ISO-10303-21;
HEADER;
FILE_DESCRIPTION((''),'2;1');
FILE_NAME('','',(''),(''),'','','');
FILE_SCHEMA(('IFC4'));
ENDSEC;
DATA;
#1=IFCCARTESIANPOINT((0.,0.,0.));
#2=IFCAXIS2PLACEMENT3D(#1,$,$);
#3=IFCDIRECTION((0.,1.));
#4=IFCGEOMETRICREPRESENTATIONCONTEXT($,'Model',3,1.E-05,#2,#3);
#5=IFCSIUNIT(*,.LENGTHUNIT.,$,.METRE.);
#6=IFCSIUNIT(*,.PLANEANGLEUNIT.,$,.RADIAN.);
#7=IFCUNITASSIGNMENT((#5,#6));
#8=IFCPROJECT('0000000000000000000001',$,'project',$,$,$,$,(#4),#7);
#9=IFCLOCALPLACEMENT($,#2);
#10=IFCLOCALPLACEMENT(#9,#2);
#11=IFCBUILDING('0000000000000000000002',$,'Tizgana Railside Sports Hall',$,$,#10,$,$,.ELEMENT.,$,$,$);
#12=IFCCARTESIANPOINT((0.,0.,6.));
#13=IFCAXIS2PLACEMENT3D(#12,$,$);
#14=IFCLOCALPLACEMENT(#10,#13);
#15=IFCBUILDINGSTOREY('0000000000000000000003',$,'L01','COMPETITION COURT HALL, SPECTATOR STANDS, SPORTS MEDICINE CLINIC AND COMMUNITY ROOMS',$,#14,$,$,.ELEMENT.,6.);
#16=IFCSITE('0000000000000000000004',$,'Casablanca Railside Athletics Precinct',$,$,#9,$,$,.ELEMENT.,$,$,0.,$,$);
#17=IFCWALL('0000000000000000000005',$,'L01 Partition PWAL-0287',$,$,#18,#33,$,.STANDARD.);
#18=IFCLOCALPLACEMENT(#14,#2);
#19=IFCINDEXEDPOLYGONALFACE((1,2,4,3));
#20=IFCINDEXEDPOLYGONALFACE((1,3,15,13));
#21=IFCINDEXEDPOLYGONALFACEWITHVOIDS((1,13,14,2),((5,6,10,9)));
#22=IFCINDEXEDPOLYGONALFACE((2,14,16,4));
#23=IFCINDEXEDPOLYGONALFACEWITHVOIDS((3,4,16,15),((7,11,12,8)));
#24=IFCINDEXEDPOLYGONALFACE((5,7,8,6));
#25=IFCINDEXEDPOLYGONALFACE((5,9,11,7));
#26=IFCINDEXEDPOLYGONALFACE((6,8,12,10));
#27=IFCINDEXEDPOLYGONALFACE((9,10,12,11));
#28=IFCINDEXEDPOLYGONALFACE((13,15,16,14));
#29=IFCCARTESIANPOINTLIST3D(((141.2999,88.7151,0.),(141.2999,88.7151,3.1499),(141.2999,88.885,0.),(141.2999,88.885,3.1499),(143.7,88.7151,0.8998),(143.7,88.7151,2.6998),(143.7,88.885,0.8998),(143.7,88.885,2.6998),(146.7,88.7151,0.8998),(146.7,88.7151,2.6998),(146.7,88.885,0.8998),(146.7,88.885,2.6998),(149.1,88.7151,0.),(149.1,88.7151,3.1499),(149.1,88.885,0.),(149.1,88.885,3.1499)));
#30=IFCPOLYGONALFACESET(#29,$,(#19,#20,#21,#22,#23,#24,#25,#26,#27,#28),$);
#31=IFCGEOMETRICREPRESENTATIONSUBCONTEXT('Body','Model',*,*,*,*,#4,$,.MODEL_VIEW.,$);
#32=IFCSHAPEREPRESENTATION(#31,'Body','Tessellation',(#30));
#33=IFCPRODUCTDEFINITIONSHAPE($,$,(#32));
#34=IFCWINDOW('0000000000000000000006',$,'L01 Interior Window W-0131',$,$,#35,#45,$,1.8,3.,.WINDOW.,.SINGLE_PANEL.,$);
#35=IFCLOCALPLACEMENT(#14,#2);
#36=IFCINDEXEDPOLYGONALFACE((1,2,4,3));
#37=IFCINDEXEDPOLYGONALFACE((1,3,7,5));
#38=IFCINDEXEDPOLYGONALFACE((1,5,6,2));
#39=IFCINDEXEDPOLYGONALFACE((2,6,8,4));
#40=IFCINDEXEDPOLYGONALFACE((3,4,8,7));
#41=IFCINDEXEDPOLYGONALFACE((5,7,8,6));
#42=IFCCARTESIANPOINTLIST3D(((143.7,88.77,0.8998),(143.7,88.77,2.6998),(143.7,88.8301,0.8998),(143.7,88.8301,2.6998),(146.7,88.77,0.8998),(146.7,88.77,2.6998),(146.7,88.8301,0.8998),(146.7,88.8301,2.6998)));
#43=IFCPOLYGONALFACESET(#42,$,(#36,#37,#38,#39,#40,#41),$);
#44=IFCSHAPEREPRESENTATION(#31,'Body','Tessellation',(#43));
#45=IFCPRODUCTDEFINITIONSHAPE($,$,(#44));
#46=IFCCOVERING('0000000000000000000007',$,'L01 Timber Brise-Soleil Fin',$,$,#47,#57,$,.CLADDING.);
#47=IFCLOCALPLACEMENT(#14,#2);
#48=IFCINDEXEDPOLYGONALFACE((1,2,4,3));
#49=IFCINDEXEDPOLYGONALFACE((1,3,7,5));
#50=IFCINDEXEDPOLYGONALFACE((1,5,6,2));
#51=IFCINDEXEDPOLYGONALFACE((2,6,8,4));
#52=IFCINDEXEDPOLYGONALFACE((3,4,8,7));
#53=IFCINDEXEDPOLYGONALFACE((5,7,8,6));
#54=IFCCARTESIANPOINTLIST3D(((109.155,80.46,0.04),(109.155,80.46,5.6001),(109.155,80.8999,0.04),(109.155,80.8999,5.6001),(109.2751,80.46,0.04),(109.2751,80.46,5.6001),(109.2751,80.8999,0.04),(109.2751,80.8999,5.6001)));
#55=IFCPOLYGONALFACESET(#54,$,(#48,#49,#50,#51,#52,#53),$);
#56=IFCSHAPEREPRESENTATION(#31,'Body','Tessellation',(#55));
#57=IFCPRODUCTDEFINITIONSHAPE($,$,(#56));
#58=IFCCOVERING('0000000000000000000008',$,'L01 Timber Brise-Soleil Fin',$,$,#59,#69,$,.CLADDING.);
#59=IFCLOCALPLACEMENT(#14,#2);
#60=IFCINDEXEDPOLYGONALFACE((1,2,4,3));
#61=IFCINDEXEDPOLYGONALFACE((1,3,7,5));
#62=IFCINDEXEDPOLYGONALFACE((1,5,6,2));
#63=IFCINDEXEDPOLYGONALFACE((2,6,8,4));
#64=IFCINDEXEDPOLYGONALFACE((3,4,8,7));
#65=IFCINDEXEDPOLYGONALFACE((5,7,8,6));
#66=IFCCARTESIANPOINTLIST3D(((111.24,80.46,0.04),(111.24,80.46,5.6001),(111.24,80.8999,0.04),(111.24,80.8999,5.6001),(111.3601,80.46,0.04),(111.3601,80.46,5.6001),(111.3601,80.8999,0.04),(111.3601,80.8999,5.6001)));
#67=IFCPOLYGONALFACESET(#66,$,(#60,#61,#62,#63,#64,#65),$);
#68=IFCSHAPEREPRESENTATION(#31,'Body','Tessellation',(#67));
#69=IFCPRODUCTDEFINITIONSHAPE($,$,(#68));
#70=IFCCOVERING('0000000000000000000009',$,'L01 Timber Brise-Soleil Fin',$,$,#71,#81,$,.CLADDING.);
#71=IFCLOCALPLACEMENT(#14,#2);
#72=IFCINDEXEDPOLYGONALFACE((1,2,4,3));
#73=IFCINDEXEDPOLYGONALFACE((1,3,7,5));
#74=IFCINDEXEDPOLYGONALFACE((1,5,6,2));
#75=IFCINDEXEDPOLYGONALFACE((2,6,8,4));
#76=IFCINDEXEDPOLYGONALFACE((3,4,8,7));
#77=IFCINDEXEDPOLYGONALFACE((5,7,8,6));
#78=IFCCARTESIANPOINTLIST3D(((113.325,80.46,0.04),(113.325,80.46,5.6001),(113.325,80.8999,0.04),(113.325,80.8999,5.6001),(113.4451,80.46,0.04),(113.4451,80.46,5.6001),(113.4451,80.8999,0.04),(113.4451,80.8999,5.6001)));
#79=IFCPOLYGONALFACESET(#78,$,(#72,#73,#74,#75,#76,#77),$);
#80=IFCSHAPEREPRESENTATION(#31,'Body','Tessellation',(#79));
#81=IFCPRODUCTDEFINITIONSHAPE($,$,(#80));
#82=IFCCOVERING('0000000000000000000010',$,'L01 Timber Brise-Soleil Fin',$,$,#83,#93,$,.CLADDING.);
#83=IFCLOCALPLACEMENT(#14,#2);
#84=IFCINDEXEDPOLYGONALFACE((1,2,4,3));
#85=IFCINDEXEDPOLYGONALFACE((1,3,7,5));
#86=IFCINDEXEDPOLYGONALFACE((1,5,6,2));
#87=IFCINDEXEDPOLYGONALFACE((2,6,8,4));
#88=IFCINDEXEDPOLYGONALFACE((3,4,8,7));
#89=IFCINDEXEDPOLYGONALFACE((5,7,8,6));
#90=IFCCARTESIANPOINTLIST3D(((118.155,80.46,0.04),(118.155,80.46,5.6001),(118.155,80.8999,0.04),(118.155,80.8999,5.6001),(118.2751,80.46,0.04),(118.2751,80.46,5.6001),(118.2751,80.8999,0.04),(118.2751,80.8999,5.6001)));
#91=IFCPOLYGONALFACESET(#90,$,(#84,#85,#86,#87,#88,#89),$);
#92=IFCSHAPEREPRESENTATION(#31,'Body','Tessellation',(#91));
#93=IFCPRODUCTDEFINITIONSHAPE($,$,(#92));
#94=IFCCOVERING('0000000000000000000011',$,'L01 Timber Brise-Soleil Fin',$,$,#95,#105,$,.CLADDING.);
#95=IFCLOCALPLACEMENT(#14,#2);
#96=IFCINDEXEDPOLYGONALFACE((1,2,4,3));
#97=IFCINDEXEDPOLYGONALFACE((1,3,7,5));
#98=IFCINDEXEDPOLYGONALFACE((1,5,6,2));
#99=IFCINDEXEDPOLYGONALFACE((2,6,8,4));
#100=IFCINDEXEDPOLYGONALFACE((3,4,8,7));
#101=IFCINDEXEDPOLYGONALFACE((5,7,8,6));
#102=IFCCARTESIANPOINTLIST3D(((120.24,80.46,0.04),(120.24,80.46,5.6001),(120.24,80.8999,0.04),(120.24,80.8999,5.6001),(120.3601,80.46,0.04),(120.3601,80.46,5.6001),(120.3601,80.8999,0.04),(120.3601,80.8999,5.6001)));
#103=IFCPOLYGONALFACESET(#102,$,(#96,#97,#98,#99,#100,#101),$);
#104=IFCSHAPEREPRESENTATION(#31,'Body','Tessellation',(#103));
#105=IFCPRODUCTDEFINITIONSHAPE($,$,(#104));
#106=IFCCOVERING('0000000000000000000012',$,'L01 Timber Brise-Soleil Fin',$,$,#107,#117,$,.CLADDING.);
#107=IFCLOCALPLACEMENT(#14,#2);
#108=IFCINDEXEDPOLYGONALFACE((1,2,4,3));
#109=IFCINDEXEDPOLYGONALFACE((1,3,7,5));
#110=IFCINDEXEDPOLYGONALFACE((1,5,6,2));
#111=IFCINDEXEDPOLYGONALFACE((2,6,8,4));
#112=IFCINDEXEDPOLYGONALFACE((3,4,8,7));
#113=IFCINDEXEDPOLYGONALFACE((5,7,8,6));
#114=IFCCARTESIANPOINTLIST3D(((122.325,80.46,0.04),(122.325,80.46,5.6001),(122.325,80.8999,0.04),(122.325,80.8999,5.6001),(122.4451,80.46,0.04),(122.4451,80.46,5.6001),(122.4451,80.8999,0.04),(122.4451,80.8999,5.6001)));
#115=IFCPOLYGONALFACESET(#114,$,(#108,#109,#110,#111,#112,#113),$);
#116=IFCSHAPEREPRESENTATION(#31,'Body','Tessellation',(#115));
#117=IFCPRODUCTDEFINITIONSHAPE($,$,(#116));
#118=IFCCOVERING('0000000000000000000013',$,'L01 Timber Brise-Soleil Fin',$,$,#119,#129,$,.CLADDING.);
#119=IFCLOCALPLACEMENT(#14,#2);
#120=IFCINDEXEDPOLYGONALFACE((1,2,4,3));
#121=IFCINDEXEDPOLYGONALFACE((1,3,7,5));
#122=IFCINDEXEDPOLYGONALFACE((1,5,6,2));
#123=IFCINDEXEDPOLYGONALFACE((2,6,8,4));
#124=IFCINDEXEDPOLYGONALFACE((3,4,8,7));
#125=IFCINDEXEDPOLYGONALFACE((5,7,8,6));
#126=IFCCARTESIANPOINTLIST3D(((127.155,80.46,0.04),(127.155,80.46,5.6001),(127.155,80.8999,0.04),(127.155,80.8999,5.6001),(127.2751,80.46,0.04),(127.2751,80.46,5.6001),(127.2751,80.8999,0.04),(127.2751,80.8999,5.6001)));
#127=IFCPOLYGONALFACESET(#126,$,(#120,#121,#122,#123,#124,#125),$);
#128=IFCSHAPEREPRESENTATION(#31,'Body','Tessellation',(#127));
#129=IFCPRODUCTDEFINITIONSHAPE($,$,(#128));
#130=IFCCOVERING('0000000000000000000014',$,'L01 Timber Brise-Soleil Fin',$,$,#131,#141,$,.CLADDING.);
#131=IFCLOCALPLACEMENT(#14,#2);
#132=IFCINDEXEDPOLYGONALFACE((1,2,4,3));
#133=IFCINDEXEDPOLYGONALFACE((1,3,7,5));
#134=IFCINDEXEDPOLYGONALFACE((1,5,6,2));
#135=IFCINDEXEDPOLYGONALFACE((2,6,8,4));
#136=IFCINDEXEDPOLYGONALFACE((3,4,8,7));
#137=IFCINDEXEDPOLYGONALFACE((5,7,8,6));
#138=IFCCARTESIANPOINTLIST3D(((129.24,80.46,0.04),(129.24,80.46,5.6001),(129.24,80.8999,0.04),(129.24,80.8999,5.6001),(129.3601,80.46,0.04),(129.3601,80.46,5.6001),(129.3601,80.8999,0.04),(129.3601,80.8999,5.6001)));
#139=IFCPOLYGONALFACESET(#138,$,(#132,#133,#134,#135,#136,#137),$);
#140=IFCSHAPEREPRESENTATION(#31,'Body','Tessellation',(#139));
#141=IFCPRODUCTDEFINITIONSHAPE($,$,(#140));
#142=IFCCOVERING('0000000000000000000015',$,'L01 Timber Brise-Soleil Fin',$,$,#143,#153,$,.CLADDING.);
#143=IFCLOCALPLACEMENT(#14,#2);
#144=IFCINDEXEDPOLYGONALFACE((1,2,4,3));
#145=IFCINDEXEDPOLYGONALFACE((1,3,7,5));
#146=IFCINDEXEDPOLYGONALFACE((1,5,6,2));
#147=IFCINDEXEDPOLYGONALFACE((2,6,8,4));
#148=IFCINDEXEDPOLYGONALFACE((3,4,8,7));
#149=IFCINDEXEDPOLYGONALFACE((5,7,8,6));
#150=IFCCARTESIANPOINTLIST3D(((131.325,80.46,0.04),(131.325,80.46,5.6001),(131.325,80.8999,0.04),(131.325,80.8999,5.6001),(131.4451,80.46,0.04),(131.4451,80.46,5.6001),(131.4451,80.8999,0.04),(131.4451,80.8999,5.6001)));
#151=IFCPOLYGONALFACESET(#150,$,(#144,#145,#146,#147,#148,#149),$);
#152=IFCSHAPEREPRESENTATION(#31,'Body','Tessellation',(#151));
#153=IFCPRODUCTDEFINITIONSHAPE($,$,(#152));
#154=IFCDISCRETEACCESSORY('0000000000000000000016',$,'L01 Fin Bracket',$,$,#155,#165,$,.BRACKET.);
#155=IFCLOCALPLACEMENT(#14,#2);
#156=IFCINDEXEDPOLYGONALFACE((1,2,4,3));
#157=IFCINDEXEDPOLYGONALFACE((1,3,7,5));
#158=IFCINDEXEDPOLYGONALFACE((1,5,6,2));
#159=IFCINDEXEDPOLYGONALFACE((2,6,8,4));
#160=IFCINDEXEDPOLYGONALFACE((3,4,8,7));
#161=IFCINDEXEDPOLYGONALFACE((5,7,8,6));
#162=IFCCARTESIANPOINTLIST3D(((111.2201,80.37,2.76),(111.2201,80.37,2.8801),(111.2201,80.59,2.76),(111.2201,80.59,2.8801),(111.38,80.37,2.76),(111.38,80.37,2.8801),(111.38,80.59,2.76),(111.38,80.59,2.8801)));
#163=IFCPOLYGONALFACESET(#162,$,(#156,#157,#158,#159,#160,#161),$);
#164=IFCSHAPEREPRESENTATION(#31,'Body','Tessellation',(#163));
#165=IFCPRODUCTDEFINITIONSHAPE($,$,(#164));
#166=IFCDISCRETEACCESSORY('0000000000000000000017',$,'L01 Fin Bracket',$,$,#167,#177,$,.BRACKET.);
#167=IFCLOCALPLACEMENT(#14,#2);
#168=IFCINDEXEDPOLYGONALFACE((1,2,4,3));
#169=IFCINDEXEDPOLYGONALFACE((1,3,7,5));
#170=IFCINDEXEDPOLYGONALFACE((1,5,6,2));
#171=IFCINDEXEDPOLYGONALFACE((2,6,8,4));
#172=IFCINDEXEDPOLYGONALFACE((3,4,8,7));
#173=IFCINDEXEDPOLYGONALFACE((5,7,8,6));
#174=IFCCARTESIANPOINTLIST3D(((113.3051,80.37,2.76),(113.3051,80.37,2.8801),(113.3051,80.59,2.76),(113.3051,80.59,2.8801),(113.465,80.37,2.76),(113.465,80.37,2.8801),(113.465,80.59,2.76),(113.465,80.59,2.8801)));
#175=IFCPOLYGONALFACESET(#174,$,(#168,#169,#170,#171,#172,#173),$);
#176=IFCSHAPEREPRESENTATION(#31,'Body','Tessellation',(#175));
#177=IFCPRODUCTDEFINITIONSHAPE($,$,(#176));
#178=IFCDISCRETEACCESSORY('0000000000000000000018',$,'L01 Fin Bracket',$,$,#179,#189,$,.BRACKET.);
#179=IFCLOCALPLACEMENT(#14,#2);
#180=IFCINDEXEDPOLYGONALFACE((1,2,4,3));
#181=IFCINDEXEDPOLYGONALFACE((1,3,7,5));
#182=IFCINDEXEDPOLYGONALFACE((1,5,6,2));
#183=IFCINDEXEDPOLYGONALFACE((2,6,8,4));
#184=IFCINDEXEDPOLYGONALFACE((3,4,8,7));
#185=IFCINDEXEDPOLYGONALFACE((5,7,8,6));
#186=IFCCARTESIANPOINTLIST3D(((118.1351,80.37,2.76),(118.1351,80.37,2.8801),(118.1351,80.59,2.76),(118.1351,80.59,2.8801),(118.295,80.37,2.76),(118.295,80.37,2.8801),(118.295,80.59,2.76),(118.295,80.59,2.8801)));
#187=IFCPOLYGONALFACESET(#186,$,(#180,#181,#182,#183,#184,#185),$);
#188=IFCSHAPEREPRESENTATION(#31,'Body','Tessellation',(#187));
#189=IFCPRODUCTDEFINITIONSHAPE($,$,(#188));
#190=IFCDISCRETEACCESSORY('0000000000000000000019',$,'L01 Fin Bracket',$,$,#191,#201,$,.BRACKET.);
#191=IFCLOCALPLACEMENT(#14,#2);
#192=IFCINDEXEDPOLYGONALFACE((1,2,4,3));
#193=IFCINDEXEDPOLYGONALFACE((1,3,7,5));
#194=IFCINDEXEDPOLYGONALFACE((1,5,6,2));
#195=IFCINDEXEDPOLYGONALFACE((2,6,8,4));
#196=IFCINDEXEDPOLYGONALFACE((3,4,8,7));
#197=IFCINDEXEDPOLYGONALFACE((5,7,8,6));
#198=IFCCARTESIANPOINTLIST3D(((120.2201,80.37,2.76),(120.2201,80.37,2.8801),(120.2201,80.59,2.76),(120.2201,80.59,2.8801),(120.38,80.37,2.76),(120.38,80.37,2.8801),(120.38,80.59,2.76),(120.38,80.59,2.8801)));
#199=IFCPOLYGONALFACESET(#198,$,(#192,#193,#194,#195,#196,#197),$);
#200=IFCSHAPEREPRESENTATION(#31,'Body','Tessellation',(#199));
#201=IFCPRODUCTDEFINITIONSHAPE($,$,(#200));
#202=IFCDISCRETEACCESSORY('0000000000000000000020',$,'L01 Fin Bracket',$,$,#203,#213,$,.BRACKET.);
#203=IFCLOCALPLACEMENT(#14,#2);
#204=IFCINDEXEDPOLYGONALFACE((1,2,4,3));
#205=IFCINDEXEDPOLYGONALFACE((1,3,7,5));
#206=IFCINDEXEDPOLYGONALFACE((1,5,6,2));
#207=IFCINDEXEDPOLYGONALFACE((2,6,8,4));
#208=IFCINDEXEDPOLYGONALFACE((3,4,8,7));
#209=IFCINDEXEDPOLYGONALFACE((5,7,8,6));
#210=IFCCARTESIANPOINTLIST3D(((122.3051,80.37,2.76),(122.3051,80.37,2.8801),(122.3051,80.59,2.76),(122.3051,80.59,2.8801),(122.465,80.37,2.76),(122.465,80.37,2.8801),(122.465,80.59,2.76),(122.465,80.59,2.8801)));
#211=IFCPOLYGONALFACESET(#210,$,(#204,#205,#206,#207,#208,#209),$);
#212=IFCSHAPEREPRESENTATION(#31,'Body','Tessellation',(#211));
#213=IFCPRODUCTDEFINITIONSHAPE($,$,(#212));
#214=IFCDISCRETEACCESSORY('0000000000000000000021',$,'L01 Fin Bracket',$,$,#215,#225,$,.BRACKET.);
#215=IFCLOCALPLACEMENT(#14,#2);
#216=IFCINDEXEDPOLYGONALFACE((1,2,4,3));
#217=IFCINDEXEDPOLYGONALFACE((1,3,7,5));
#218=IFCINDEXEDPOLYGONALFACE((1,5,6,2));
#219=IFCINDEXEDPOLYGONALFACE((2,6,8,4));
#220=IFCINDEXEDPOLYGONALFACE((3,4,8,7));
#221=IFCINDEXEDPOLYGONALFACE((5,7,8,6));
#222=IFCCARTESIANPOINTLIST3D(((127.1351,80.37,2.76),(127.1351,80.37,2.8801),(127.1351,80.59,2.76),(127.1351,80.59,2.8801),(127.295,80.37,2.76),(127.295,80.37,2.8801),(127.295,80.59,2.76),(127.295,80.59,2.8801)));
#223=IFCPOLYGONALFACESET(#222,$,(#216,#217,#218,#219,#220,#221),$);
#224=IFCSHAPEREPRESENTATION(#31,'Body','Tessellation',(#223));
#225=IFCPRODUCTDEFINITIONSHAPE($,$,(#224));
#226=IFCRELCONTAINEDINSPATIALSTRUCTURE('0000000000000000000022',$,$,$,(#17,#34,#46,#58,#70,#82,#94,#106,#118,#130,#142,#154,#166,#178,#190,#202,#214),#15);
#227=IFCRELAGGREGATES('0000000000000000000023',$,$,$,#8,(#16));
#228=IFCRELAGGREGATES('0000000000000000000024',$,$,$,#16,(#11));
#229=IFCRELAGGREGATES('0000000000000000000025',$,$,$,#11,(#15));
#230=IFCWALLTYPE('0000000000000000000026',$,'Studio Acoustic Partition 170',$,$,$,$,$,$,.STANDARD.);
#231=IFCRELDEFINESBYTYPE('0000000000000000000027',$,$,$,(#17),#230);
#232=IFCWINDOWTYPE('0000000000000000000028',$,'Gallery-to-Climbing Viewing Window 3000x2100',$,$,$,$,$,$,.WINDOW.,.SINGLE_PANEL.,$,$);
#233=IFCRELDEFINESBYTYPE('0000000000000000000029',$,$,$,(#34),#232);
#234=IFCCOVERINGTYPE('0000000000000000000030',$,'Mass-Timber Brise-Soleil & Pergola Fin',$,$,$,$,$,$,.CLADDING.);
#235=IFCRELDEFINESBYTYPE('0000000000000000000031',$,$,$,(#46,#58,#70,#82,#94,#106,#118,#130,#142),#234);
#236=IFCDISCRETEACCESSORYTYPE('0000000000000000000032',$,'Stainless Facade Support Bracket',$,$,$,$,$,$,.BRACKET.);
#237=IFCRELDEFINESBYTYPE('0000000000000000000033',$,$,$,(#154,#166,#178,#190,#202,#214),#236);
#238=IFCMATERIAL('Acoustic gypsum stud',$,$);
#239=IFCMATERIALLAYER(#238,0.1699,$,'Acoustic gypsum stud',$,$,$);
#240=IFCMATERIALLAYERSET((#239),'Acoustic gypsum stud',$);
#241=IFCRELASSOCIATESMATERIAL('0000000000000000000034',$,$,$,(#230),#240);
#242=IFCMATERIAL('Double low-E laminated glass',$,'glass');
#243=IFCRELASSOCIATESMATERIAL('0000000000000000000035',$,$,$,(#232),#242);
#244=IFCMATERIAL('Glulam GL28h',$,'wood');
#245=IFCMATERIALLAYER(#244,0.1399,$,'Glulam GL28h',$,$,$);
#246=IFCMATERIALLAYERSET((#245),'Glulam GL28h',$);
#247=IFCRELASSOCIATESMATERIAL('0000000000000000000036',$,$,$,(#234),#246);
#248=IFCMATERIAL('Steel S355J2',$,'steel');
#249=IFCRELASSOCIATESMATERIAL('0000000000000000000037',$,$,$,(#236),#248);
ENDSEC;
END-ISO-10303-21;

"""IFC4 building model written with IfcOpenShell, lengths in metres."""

from ifc_helpers import new_model, si_unit, direction, frame, frame_2d, origin, origin_2d, place, context, subcontext, project, spatial, rectangle, extrude, material, layer, layer_set, type_object, element, fill, save


model = new_model("IFC4")

# Units and contexts
model_context = context("Model", 3, precision=1e-05, world=origin(), true_north=direction((0.0, 1.0)))
body_context = subcontext(model_context, "Body", "Model", "MODEL_VIEW")
ifc_project = project(units=[si_unit("LENGTHUNIT", "METRE"), si_unit("PLANEANGLEUNIT", "RADIAN")], contexts=[model_context])

# Site, building, storey
site_placement = place(None, origin())
site = spatial("IfcSite", under=ifc_project, at=site_placement, Name="Casablanca Railside Athletics Precinct", CompositionType="ELEMENT", RefElevation=0.0)
building_placement = place(site_placement, origin())
building = spatial("IfcBuilding", under=site, at=building_placement, Name="Tizgana Railside Sports Hall", CompositionType="ELEMENT")
storey_placement = place(building_placement, frame((0.0, 0.0, 6.0)))
storey = spatial("IfcBuildingStorey", under=building, at=storey_placement, Name="L01", Description="COMPETITION COURT HALL, SPECTATOR STANDS, SPORTS MEDICINE CLINIC AND COMMUNITY ROOMS", CompositionType="ELEMENT", Elevation=6.0)

# Shared definitions
ifc_material_1 = material(Name="Steel S355J2", Category="steel")

# Wall, opening, window
ifc_material_2 = material(Name="Acoustic gypsum stud")
ifc_layer_1 = layer(ifc_material_2, 0.1699, Name="Acoustic gypsum stud")
ifc_layer_set_1 = layer_set([ifc_layer_1], Name="Acoustic gypsum stud")
wall_type = type_object("IfcWallType", Name="Studio Acoustic Partition 170", PredefinedType="STANDARD", material=ifc_layer_set_1)
ifc_material_3 = material(Name="Double low-E laminated glass", Category="glass")
window_type = type_object("IfcWindowType", Name="Gallery-to-Climbing Viewing Window 3000x2100", PartitioningType="SINGLE_PANEL", PredefinedType="WINDOW", material=ifc_material_3)
wall_1_placement = place(storey_placement, frame((141.3, 88.8, 0.0), z_axis=(0.0, 0.0, 1.0), x_axis=(1.0, 0.0, 0.0)))
wall_1 = element("IfcWall", 1, at=wall_1_placement, inside=storey, type_object=wall_type, Name="L01 Partition PWAL-0287", PredefinedType="STANDARD", context=body_context, shape_type="SweptSolid", body=[
    extrude(rectangle(XDim=7.8, YDim=0.1699, at=frame_2d((3.8999, 0.0))), origin(), (0.0, 0.0, 1.0), 3.1499),
])
opening_1_placement = place(wall_1_placement, frame((2.3999, 0.0, 0.8999)))
opening_1 = element("IfcOpeningElement", 2, at=opening_1_placement, cuts=wall_1, PredefinedType="OPENING", context=body_context, shape_type="SweptSolid", body=[
    extrude(rectangle(XDim=3.0, YDim=1.8, at=frame_2d((1.5, 0.8999))), frame((0.0, 0.095, 0.0), z_axis=(0.0, -1.0, 0.0), x_axis=(1.0, 0.0, 0.0)), (0.0, 0.0, 1.0), 0.1899),
])
window_1_placement = place(opening_1_placement, origin())
window_1 = element("IfcWindow", 3, at=window_1_placement, inside=storey, type_object=window_type, Name="L01 Interior Window W-0131", OverallHeight=1.8, OverallWidth=3.0, PartitioningType="SINGLE_PANEL", PredefinedType="WINDOW", context=body_context, shape_type="SweptSolid", body=[
    extrude(rectangle(XDim=3.0, YDim=1.8, at=frame_2d((1.5, 0.8999))), frame((0.0, 0.03, 0.0), z_axis=(0.0, -1.0, 0.0), x_axis=(1.0, 0.0, 0.0)), (0.0, 0.0, 1.0), 0.0601),
])
fill(opening_1, window_1)

# Coverings
ifc_material_4 = material(Name="Glulam GL28h", Category="wood")
ifc_layer_2 = layer(ifc_material_4, 0.1399, Name="Glulam GL28h")
ifc_layer_set_2 = layer_set([ifc_layer_2], Name="Glulam GL28h")
covering_type = type_object("IfcCoveringType", Name="Mass-Timber Brise-Soleil & Pergola Fin", PredefinedType="CLADDING", material=ifc_layer_set_2)
for number, where, z_axis, x_axis, name in (
    (4, (109.2151, 80.6799, 0.04), (0.0, 0.0, 1.0), (1.0, 0.0, 0.0), "L01 Timber Brise-Soleil Fin"),
    (5, (111.3, 80.6799, 0.04), (0.0, 0.0, 1.0), (1.0, 0.0, 0.0), "L01 Timber Brise-Soleil Fin"),
    (6, (113.385, 80.6799, 0.04), (0.0, 0.0, 1.0), (1.0, 0.0, 0.0), "L01 Timber Brise-Soleil Fin"),
    (7, (118.2151, 80.6799, 0.04), (0.0, 0.0, 1.0), (1.0, 0.0, 0.0), "L01 Timber Brise-Soleil Fin"),
    (8, (120.3, 80.6799, 0.04), (0.0, 0.0, 1.0), (1.0, 0.0, 0.0), "L01 Timber Brise-Soleil Fin"),
    (9, (122.385, 80.6799, 0.04), (0.0, 0.0, 1.0), (1.0, 0.0, 0.0), "L01 Timber Brise-Soleil Fin"),
    (10, (127.2151, 80.6799, 0.04), (0.0, 0.0, 1.0), (1.0, 0.0, 0.0), "L01 Timber Brise-Soleil Fin"),
    (11, (129.3, 80.6799, 0.04), (0.0, 0.0, 1.0), (1.0, 0.0, 0.0), "L01 Timber Brise-Soleil Fin"),
    (12, (131.385, 80.6799, 0.04), (0.0, 0.0, 1.0), (1.0, 0.0, 0.0), "L01 Timber Brise-Soleil Fin"),
):
    element("IfcCovering", number, at=place(storey_placement, frame(where, z_axis=z_axis, x_axis=x_axis)), inside=storey, type_object=covering_type, Name=name, PredefinedType="CLADDING", context=body_context, shape_type="SweptSolid", body=[
        extrude(rectangle(XDim=0.1201, YDim=0.4399, at=origin_2d()), origin(), (0.0, 0.0, 1.0), 5.5601),
    ])

# Discrete accessories
discrete_accessory_type = type_object("IfcDiscreteAccessoryType", Name="Stainless Facade Support Bracket", PredefinedType="BRACKET", material=ifc_material_1)
for number, where, z_axis, x_axis, name in (
    (13, (111.3, 80.48, 2.76), (0.0, 0.0, 1.0), (1.0, 0.0, 0.0), "L01 Fin Bracket"),
    (14, (113.385, 80.48, 2.76), (0.0, 0.0, 1.0), (1.0, 0.0, 0.0), "L01 Fin Bracket"),
    (15, (118.2151, 80.48, 2.76), (0.0, 0.0, 1.0), (1.0, 0.0, 0.0), "L01 Fin Bracket"),
    (16, (120.3, 80.48, 2.76), (0.0, 0.0, 1.0), (1.0, 0.0, 0.0), "L01 Fin Bracket"),
    (17, (122.385, 80.48, 2.76), (0.0, 0.0, 1.0), (1.0, 0.0, 0.0), "L01 Fin Bracket"),
    (18, (127.2151, 80.48, 2.76), (0.0, 0.0, 1.0), (1.0, 0.0, 0.0), "L01 Fin Bracket"),
):
    element("IfcDiscreteAccessory", number, at=place(storey_placement, frame(where, z_axis=z_axis, x_axis=x_axis)), inside=storey, type_object=discrete_accessory_type, Name=name, PredefinedType="BRACKET", context=body_context, shape_type="SweptSolid", body=[
        extrude(rectangle(XDim=0.1599, YDim=0.22, at=origin_2d()), origin(), (0.0, 0.0, 1.0), 0.1201),
    ])

save(model, "model.ifc")
